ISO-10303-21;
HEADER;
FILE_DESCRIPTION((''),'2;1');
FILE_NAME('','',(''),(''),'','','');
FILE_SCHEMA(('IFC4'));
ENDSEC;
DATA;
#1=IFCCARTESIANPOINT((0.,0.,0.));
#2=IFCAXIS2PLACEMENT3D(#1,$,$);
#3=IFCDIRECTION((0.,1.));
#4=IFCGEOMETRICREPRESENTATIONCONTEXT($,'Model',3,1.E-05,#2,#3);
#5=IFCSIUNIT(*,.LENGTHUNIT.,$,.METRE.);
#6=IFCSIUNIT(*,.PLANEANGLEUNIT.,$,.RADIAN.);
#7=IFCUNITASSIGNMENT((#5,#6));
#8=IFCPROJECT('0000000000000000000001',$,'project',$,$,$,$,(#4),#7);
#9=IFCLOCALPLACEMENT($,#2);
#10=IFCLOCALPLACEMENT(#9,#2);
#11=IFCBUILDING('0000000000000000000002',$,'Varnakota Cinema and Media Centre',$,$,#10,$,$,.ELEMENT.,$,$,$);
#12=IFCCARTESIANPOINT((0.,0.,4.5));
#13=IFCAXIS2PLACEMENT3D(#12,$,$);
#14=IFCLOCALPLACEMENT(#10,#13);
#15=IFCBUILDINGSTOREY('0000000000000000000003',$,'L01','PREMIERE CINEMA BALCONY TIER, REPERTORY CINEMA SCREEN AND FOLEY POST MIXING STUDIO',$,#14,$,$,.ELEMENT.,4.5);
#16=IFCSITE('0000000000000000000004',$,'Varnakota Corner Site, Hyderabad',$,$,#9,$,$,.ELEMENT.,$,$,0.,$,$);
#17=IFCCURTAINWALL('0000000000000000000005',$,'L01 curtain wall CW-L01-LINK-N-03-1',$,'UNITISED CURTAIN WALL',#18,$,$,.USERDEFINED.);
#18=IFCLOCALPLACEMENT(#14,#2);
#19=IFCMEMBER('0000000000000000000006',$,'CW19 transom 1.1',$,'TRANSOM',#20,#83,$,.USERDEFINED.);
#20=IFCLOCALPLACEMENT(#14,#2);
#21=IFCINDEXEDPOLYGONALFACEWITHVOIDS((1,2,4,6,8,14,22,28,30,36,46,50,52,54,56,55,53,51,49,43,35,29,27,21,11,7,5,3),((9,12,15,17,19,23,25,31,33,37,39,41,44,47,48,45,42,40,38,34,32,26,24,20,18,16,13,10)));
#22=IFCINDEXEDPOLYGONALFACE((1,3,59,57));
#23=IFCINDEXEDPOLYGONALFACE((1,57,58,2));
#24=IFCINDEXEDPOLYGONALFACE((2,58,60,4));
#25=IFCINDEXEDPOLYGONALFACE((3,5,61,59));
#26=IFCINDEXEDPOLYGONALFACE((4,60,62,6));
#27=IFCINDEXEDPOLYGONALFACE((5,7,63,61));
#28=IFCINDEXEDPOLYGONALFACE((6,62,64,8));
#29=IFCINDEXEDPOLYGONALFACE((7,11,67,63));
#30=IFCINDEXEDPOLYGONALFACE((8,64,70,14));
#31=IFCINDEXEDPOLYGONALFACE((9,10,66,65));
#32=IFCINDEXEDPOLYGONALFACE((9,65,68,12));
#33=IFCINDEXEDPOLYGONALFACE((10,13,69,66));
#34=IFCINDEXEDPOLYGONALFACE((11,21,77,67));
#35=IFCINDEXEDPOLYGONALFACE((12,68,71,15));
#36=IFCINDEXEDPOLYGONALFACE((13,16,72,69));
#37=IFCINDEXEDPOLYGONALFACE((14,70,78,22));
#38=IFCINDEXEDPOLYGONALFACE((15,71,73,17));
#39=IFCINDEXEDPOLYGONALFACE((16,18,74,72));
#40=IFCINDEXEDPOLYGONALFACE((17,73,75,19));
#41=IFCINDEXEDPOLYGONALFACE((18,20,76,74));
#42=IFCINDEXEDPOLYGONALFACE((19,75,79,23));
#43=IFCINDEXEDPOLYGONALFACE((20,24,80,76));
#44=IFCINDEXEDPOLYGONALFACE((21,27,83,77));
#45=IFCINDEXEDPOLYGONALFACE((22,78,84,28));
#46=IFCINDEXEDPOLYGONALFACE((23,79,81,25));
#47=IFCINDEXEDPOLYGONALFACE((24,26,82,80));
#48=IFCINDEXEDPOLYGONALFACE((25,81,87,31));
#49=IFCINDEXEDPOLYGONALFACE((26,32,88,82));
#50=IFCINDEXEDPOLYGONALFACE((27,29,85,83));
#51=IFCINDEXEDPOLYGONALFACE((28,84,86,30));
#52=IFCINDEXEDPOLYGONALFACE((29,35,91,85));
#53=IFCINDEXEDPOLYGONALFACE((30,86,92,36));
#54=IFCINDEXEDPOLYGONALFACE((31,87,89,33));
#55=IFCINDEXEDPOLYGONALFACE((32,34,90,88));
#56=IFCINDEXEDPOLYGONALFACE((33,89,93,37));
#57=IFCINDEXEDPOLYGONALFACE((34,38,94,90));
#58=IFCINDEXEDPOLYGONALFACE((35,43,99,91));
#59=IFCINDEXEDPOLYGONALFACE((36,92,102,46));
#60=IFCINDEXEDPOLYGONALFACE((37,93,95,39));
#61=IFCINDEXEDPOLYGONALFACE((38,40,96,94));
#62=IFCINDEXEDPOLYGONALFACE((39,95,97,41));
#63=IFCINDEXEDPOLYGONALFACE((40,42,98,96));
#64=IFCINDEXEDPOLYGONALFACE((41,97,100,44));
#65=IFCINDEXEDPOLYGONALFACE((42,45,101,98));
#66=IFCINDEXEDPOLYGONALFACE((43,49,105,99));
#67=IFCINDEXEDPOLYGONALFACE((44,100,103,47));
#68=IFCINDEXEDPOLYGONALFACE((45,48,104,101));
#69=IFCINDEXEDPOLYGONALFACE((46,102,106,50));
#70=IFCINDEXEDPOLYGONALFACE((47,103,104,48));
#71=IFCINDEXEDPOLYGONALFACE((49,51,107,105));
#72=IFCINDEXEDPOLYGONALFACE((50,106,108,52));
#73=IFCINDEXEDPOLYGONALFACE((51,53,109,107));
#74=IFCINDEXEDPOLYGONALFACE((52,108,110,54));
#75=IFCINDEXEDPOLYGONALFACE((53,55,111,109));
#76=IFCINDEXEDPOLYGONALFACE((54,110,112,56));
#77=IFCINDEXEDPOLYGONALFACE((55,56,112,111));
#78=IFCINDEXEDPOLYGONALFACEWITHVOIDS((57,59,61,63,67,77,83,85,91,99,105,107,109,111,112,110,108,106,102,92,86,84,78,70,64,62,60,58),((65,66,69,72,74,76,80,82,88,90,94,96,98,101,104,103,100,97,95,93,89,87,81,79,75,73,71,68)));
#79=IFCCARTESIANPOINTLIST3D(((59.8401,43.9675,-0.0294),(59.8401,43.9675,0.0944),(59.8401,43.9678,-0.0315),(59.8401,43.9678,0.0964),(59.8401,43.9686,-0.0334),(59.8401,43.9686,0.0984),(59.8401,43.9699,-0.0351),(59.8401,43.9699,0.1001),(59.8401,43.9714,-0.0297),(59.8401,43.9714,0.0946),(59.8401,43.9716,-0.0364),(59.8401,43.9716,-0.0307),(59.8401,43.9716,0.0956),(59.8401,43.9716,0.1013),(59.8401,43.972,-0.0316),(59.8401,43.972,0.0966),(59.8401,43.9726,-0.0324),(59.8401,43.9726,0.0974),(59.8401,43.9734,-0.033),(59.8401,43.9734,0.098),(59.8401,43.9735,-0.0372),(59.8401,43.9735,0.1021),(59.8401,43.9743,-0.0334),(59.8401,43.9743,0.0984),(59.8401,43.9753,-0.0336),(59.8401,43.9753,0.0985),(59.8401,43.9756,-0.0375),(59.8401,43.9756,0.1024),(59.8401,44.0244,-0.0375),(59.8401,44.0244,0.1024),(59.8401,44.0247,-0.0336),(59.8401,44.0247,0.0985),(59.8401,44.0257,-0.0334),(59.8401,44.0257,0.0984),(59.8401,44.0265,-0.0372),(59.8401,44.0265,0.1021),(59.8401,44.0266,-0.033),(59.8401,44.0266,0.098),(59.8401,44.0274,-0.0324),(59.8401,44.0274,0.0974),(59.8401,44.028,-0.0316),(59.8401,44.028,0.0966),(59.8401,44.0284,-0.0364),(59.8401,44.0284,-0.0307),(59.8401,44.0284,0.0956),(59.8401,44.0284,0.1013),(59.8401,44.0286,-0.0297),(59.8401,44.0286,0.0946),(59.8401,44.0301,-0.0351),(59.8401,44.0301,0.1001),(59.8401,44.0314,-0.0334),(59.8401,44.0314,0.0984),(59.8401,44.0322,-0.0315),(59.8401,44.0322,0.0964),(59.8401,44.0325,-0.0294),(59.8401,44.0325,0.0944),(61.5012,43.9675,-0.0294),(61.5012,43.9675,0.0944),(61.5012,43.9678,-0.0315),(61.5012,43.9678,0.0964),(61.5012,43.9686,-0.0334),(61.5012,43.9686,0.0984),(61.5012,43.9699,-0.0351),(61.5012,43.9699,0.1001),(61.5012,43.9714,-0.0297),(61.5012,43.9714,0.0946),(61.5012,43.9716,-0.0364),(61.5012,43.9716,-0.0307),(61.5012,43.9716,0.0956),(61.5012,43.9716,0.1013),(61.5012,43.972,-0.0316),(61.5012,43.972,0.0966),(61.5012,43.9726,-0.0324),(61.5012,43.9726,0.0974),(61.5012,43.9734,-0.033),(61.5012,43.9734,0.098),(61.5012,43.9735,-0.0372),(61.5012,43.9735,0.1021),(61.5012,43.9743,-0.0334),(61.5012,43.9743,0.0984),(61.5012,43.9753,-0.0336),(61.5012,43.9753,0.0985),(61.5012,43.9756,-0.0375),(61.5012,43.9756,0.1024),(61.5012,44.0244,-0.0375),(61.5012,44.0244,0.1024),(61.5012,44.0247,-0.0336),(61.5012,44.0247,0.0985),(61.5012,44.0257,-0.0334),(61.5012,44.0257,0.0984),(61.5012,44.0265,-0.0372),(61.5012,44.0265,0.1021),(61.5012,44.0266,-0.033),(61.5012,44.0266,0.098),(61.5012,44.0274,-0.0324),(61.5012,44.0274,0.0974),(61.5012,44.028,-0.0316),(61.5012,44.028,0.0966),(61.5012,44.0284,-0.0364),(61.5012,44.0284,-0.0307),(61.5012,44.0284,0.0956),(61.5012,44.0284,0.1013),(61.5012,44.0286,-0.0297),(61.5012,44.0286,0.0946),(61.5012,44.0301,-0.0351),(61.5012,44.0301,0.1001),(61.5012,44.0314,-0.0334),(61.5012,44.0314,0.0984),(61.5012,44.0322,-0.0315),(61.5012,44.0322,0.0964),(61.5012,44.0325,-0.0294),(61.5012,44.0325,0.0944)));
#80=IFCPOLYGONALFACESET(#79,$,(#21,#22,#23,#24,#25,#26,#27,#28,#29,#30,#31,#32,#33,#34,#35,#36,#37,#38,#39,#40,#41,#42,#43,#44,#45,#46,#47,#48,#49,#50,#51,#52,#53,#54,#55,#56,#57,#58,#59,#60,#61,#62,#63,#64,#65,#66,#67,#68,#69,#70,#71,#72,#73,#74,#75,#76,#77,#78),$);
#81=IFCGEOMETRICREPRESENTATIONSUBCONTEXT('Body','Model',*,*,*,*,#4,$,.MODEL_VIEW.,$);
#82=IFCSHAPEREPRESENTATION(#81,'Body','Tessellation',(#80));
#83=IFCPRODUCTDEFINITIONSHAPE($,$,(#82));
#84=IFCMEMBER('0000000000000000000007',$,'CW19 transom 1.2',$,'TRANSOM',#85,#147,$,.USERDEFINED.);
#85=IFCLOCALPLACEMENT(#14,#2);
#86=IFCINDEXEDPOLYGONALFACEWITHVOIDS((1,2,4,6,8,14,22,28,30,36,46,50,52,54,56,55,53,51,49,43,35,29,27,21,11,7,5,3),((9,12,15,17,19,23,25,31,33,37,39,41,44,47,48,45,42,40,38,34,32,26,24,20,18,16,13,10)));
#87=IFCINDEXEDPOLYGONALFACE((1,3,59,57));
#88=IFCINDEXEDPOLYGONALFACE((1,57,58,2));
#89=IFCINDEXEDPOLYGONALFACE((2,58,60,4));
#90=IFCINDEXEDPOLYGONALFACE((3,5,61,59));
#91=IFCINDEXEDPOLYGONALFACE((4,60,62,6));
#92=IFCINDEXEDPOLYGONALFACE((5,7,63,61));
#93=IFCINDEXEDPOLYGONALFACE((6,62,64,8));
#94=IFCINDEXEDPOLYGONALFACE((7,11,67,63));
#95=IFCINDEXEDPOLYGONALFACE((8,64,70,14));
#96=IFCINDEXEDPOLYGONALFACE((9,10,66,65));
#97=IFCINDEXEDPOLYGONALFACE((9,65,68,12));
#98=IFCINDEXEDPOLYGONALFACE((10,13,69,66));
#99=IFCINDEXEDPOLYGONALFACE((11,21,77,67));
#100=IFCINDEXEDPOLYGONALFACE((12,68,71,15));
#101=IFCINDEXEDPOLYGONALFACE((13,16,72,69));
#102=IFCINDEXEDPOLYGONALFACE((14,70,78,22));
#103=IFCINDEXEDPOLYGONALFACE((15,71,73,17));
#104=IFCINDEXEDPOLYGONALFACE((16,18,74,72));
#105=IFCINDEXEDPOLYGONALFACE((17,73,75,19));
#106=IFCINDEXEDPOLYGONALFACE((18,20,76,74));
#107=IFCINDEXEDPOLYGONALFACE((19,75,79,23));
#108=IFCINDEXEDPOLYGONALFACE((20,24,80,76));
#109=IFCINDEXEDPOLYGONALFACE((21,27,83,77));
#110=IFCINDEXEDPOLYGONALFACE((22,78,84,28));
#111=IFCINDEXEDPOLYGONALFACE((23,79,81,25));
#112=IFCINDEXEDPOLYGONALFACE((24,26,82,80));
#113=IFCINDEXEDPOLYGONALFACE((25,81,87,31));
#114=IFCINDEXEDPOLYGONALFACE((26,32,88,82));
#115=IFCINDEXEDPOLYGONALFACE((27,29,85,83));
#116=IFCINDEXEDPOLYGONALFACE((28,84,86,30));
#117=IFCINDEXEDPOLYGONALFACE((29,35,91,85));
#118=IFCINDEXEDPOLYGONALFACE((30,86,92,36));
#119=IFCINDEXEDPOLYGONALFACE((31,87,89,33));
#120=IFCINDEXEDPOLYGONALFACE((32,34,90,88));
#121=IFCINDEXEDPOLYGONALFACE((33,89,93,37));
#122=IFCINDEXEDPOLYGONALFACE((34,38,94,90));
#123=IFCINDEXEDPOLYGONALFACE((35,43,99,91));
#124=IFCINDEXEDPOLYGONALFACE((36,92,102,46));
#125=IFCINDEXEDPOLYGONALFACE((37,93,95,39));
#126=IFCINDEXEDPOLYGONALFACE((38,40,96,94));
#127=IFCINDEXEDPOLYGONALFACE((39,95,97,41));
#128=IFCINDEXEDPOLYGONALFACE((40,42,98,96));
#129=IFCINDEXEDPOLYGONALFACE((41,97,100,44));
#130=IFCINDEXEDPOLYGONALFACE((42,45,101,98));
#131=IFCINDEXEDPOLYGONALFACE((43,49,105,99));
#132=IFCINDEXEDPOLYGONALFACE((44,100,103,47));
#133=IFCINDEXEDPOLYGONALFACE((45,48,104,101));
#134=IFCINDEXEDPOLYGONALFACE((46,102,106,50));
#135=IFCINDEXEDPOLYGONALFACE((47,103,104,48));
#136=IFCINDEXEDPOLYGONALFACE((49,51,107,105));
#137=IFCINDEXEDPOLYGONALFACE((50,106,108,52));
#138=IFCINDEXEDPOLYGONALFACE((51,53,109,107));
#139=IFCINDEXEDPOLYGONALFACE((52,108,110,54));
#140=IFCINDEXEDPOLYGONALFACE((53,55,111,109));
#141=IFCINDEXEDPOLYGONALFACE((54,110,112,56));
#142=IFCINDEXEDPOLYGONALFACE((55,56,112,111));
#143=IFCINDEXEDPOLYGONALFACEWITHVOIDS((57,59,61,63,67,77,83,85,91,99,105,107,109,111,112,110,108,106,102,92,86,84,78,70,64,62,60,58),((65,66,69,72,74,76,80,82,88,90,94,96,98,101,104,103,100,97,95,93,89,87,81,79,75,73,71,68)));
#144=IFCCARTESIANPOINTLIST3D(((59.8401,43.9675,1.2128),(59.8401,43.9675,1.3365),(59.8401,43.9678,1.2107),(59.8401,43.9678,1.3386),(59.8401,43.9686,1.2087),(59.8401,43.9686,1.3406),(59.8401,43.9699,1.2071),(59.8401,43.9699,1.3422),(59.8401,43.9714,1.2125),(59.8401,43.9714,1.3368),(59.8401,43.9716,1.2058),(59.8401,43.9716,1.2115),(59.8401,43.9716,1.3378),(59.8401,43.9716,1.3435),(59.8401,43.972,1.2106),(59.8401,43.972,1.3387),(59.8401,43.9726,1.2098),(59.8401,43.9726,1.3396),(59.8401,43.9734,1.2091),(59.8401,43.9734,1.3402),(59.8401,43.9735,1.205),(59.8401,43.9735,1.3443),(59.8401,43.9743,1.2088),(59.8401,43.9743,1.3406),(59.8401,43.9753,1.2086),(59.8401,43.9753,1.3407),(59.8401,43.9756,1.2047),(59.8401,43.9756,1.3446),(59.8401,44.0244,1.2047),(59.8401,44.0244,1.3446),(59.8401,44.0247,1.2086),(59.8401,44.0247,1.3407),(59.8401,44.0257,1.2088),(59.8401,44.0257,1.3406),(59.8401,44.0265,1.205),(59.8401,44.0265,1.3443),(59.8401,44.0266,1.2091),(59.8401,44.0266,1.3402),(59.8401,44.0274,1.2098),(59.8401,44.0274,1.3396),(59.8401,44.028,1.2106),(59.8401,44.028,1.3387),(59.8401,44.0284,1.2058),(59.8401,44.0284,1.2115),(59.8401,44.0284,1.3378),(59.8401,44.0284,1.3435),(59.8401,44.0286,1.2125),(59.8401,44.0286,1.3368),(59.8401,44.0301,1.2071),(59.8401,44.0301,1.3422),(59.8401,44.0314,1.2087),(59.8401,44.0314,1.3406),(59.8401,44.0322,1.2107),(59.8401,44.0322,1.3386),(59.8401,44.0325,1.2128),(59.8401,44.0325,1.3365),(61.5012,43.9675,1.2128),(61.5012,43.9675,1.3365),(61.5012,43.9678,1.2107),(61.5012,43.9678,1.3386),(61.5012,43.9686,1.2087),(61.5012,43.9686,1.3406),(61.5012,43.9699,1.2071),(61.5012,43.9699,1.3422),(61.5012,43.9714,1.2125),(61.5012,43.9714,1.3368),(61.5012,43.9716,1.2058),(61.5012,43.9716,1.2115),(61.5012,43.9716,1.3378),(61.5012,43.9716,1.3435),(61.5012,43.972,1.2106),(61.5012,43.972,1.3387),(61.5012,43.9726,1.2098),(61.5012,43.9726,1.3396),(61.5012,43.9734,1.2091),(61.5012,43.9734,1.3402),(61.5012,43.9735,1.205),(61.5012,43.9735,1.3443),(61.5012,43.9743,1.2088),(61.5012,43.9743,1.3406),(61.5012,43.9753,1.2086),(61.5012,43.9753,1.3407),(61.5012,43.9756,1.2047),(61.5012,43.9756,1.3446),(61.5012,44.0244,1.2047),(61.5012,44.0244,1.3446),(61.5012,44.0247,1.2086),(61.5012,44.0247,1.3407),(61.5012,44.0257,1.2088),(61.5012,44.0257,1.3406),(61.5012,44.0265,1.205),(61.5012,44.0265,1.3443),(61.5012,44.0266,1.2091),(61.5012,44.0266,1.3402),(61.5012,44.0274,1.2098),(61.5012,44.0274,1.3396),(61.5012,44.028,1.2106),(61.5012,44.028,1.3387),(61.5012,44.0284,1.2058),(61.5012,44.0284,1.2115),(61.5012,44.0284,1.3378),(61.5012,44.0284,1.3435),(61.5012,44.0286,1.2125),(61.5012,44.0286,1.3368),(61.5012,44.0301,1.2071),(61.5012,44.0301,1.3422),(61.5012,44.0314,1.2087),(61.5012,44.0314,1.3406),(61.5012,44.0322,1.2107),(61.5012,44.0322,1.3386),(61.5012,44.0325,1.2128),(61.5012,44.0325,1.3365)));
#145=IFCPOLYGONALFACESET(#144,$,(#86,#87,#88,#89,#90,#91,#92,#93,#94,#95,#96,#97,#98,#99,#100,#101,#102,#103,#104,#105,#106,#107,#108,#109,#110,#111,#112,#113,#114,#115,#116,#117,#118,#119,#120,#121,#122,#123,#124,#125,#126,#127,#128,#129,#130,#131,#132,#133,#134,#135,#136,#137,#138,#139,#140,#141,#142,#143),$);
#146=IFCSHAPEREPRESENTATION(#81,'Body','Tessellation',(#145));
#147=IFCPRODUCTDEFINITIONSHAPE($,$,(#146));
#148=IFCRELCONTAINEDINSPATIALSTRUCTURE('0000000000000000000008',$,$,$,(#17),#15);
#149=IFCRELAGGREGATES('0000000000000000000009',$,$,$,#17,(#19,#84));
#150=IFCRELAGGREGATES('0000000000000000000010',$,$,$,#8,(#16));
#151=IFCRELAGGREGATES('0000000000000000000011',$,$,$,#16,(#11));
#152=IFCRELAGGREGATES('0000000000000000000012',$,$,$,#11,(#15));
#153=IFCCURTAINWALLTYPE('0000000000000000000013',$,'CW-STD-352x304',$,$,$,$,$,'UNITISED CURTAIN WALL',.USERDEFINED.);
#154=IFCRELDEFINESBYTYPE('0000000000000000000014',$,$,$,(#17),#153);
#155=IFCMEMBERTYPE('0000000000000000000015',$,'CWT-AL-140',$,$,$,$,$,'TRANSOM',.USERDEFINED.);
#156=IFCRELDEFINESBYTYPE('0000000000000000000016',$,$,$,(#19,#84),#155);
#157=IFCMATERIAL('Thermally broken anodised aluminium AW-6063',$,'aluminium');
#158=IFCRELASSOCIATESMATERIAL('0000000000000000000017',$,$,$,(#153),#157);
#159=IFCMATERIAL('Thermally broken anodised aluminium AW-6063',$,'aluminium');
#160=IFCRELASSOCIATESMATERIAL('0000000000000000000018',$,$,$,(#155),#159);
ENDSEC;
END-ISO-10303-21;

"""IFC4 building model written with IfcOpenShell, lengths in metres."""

from ifc_helpers import new_model, si_unit, direction, frame, origin, origin_2d, place, context, subcontext, project, spatial, hollow_rectangle, extrude, material, material_profile, profile_set, type_object, element, aggregate, save


model = new_model("IFC4")

# Units and contexts
model_context = context("Model", 3, precision=1e-05, world=origin(), true_north=direction((0.0, 1.0)))
body_context = subcontext(model_context, "Body", "Model", "MODEL_VIEW")
ifc_project = project(units=[si_unit("LENGTHUNIT", "METRE"), si_unit("PLANEANGLEUNIT", "RADIAN")], contexts=[model_context])

# Site, building, storey
site_placement = place(None, origin())
site = spatial("IfcSite", under=ifc_project, at=site_placement, Name="Varnakota Corner Site, Hyderabad", CompositionType="ELEMENT", RefElevation=0.0)
building_placement = place(site_placement, origin())
building = spatial("IfcBuilding", under=site, at=building_placement, Name="Varnakota Cinema and Media Centre", CompositionType="ELEMENT")
storey_placement = place(building_placement, frame((0.0, 0.0, 4.5)))
storey = spatial("IfcBuildingStorey", under=building, at=storey_placement, Name="L01", Description="PREMIERE CINEMA BALCONY TIER, REPERTORY CINEMA SCREEN AND FOLEY POST MIXING STUDIO", CompositionType="ELEMENT", Elevation=4.5)

# Shared definitions
ifc_material_1 = material(Name="Thermally broken anodised aluminium AW-6063", Category="aluminium")
curtain_wall_type = type_object("IfcCurtainWallType", Name="CW-STD-352x304", ElementType="UNITISED CURTAIN WALL", PredefinedType="USERDEFINED", material=ifc_material_1)

# Curtain wall
curtain_wall_1_placement = place(storey_placement, origin())
curtain_wall_1 = element("IfcCurtainWall", 1, at=curtain_wall_1_placement, inside=storey, type_object=curtain_wall_type, Name="L01 curtain wall CW-L01-LINK-N-03-1", ObjectType="UNITISED CURTAIN WALL", PredefinedType="USERDEFINED")

# Members
ifc_material_2 = material(Name="Thermally broken anodised aluminium AW-6063", Category="aluminium")
ifc_material_profile_1 = material_profile(ifc_material_2, hollow_rectangle(XDim=0.0649, YDim=0.1399, WallThickness=0.0039, InnerFilletRadius=0.0039, OuterFilletRadius=0.0081, at=origin_2d()), Name="AL-TRANSOM 140x65x4")
ifc_profile_set_1 = profile_set([ifc_material_profile_1], Name="Thermally broken anodised aluminium AW-6063")
member_type_1 = type_object("IfcMemberType", Name="CWT-AL-140", ElementType="TRANSOM", PredefinedType="USERDEFINED", material=ifc_profile_set_1)
member_1_placement = place(storey_placement, frame((59.8401, 44.0, 0.0325), z_axis=(1.0, 0.0, 0.0), x_axis=(0.0, 1.0, 0.0)))
member_1 = element("IfcMember", 2, at=member_1_placement, type_object=member_type_1, Name="CW19 transom 1.1", ObjectType="TRANSOM", PredefinedType="USERDEFINED", context=body_context, shape_type="SweptSolid", body=[
    extrude(hollow_rectangle(XDim=0.0649, YDim=0.1399, WallThickness=0.0039, InnerFilletRadius=0.0039, OuterFilletRadius=0.0081, at=origin_2d()), origin(), (0.0, 0.0, 1.0), 1.6611),
])
member_2_placement = place(storey_placement, frame((59.8401, 44.0, 1.2747), z_axis=(1.0, 0.0, 0.0), x_axis=(0.0, 1.0, 0.0)))
member_2 = element("IfcMember", 3, at=member_2_placement, type_object=member_type_1, Name="CW19 transom 1.2", ObjectType="TRANSOM", PredefinedType="USERDEFINED", context=body_context, shape_type="SweptSolid", body=[
    extrude(hollow_rectangle(XDim=0.0649, YDim=0.1399, WallThickness=0.0039, InnerFilletRadius=0.0039, OuterFilletRadius=0.0081, at=origin_2d()), origin(), (0.0, 0.0, 1.0), 1.6611),
])

aggregate(curtain_wall_1, [member_1, member_2])

save(model, "model.ifc")
